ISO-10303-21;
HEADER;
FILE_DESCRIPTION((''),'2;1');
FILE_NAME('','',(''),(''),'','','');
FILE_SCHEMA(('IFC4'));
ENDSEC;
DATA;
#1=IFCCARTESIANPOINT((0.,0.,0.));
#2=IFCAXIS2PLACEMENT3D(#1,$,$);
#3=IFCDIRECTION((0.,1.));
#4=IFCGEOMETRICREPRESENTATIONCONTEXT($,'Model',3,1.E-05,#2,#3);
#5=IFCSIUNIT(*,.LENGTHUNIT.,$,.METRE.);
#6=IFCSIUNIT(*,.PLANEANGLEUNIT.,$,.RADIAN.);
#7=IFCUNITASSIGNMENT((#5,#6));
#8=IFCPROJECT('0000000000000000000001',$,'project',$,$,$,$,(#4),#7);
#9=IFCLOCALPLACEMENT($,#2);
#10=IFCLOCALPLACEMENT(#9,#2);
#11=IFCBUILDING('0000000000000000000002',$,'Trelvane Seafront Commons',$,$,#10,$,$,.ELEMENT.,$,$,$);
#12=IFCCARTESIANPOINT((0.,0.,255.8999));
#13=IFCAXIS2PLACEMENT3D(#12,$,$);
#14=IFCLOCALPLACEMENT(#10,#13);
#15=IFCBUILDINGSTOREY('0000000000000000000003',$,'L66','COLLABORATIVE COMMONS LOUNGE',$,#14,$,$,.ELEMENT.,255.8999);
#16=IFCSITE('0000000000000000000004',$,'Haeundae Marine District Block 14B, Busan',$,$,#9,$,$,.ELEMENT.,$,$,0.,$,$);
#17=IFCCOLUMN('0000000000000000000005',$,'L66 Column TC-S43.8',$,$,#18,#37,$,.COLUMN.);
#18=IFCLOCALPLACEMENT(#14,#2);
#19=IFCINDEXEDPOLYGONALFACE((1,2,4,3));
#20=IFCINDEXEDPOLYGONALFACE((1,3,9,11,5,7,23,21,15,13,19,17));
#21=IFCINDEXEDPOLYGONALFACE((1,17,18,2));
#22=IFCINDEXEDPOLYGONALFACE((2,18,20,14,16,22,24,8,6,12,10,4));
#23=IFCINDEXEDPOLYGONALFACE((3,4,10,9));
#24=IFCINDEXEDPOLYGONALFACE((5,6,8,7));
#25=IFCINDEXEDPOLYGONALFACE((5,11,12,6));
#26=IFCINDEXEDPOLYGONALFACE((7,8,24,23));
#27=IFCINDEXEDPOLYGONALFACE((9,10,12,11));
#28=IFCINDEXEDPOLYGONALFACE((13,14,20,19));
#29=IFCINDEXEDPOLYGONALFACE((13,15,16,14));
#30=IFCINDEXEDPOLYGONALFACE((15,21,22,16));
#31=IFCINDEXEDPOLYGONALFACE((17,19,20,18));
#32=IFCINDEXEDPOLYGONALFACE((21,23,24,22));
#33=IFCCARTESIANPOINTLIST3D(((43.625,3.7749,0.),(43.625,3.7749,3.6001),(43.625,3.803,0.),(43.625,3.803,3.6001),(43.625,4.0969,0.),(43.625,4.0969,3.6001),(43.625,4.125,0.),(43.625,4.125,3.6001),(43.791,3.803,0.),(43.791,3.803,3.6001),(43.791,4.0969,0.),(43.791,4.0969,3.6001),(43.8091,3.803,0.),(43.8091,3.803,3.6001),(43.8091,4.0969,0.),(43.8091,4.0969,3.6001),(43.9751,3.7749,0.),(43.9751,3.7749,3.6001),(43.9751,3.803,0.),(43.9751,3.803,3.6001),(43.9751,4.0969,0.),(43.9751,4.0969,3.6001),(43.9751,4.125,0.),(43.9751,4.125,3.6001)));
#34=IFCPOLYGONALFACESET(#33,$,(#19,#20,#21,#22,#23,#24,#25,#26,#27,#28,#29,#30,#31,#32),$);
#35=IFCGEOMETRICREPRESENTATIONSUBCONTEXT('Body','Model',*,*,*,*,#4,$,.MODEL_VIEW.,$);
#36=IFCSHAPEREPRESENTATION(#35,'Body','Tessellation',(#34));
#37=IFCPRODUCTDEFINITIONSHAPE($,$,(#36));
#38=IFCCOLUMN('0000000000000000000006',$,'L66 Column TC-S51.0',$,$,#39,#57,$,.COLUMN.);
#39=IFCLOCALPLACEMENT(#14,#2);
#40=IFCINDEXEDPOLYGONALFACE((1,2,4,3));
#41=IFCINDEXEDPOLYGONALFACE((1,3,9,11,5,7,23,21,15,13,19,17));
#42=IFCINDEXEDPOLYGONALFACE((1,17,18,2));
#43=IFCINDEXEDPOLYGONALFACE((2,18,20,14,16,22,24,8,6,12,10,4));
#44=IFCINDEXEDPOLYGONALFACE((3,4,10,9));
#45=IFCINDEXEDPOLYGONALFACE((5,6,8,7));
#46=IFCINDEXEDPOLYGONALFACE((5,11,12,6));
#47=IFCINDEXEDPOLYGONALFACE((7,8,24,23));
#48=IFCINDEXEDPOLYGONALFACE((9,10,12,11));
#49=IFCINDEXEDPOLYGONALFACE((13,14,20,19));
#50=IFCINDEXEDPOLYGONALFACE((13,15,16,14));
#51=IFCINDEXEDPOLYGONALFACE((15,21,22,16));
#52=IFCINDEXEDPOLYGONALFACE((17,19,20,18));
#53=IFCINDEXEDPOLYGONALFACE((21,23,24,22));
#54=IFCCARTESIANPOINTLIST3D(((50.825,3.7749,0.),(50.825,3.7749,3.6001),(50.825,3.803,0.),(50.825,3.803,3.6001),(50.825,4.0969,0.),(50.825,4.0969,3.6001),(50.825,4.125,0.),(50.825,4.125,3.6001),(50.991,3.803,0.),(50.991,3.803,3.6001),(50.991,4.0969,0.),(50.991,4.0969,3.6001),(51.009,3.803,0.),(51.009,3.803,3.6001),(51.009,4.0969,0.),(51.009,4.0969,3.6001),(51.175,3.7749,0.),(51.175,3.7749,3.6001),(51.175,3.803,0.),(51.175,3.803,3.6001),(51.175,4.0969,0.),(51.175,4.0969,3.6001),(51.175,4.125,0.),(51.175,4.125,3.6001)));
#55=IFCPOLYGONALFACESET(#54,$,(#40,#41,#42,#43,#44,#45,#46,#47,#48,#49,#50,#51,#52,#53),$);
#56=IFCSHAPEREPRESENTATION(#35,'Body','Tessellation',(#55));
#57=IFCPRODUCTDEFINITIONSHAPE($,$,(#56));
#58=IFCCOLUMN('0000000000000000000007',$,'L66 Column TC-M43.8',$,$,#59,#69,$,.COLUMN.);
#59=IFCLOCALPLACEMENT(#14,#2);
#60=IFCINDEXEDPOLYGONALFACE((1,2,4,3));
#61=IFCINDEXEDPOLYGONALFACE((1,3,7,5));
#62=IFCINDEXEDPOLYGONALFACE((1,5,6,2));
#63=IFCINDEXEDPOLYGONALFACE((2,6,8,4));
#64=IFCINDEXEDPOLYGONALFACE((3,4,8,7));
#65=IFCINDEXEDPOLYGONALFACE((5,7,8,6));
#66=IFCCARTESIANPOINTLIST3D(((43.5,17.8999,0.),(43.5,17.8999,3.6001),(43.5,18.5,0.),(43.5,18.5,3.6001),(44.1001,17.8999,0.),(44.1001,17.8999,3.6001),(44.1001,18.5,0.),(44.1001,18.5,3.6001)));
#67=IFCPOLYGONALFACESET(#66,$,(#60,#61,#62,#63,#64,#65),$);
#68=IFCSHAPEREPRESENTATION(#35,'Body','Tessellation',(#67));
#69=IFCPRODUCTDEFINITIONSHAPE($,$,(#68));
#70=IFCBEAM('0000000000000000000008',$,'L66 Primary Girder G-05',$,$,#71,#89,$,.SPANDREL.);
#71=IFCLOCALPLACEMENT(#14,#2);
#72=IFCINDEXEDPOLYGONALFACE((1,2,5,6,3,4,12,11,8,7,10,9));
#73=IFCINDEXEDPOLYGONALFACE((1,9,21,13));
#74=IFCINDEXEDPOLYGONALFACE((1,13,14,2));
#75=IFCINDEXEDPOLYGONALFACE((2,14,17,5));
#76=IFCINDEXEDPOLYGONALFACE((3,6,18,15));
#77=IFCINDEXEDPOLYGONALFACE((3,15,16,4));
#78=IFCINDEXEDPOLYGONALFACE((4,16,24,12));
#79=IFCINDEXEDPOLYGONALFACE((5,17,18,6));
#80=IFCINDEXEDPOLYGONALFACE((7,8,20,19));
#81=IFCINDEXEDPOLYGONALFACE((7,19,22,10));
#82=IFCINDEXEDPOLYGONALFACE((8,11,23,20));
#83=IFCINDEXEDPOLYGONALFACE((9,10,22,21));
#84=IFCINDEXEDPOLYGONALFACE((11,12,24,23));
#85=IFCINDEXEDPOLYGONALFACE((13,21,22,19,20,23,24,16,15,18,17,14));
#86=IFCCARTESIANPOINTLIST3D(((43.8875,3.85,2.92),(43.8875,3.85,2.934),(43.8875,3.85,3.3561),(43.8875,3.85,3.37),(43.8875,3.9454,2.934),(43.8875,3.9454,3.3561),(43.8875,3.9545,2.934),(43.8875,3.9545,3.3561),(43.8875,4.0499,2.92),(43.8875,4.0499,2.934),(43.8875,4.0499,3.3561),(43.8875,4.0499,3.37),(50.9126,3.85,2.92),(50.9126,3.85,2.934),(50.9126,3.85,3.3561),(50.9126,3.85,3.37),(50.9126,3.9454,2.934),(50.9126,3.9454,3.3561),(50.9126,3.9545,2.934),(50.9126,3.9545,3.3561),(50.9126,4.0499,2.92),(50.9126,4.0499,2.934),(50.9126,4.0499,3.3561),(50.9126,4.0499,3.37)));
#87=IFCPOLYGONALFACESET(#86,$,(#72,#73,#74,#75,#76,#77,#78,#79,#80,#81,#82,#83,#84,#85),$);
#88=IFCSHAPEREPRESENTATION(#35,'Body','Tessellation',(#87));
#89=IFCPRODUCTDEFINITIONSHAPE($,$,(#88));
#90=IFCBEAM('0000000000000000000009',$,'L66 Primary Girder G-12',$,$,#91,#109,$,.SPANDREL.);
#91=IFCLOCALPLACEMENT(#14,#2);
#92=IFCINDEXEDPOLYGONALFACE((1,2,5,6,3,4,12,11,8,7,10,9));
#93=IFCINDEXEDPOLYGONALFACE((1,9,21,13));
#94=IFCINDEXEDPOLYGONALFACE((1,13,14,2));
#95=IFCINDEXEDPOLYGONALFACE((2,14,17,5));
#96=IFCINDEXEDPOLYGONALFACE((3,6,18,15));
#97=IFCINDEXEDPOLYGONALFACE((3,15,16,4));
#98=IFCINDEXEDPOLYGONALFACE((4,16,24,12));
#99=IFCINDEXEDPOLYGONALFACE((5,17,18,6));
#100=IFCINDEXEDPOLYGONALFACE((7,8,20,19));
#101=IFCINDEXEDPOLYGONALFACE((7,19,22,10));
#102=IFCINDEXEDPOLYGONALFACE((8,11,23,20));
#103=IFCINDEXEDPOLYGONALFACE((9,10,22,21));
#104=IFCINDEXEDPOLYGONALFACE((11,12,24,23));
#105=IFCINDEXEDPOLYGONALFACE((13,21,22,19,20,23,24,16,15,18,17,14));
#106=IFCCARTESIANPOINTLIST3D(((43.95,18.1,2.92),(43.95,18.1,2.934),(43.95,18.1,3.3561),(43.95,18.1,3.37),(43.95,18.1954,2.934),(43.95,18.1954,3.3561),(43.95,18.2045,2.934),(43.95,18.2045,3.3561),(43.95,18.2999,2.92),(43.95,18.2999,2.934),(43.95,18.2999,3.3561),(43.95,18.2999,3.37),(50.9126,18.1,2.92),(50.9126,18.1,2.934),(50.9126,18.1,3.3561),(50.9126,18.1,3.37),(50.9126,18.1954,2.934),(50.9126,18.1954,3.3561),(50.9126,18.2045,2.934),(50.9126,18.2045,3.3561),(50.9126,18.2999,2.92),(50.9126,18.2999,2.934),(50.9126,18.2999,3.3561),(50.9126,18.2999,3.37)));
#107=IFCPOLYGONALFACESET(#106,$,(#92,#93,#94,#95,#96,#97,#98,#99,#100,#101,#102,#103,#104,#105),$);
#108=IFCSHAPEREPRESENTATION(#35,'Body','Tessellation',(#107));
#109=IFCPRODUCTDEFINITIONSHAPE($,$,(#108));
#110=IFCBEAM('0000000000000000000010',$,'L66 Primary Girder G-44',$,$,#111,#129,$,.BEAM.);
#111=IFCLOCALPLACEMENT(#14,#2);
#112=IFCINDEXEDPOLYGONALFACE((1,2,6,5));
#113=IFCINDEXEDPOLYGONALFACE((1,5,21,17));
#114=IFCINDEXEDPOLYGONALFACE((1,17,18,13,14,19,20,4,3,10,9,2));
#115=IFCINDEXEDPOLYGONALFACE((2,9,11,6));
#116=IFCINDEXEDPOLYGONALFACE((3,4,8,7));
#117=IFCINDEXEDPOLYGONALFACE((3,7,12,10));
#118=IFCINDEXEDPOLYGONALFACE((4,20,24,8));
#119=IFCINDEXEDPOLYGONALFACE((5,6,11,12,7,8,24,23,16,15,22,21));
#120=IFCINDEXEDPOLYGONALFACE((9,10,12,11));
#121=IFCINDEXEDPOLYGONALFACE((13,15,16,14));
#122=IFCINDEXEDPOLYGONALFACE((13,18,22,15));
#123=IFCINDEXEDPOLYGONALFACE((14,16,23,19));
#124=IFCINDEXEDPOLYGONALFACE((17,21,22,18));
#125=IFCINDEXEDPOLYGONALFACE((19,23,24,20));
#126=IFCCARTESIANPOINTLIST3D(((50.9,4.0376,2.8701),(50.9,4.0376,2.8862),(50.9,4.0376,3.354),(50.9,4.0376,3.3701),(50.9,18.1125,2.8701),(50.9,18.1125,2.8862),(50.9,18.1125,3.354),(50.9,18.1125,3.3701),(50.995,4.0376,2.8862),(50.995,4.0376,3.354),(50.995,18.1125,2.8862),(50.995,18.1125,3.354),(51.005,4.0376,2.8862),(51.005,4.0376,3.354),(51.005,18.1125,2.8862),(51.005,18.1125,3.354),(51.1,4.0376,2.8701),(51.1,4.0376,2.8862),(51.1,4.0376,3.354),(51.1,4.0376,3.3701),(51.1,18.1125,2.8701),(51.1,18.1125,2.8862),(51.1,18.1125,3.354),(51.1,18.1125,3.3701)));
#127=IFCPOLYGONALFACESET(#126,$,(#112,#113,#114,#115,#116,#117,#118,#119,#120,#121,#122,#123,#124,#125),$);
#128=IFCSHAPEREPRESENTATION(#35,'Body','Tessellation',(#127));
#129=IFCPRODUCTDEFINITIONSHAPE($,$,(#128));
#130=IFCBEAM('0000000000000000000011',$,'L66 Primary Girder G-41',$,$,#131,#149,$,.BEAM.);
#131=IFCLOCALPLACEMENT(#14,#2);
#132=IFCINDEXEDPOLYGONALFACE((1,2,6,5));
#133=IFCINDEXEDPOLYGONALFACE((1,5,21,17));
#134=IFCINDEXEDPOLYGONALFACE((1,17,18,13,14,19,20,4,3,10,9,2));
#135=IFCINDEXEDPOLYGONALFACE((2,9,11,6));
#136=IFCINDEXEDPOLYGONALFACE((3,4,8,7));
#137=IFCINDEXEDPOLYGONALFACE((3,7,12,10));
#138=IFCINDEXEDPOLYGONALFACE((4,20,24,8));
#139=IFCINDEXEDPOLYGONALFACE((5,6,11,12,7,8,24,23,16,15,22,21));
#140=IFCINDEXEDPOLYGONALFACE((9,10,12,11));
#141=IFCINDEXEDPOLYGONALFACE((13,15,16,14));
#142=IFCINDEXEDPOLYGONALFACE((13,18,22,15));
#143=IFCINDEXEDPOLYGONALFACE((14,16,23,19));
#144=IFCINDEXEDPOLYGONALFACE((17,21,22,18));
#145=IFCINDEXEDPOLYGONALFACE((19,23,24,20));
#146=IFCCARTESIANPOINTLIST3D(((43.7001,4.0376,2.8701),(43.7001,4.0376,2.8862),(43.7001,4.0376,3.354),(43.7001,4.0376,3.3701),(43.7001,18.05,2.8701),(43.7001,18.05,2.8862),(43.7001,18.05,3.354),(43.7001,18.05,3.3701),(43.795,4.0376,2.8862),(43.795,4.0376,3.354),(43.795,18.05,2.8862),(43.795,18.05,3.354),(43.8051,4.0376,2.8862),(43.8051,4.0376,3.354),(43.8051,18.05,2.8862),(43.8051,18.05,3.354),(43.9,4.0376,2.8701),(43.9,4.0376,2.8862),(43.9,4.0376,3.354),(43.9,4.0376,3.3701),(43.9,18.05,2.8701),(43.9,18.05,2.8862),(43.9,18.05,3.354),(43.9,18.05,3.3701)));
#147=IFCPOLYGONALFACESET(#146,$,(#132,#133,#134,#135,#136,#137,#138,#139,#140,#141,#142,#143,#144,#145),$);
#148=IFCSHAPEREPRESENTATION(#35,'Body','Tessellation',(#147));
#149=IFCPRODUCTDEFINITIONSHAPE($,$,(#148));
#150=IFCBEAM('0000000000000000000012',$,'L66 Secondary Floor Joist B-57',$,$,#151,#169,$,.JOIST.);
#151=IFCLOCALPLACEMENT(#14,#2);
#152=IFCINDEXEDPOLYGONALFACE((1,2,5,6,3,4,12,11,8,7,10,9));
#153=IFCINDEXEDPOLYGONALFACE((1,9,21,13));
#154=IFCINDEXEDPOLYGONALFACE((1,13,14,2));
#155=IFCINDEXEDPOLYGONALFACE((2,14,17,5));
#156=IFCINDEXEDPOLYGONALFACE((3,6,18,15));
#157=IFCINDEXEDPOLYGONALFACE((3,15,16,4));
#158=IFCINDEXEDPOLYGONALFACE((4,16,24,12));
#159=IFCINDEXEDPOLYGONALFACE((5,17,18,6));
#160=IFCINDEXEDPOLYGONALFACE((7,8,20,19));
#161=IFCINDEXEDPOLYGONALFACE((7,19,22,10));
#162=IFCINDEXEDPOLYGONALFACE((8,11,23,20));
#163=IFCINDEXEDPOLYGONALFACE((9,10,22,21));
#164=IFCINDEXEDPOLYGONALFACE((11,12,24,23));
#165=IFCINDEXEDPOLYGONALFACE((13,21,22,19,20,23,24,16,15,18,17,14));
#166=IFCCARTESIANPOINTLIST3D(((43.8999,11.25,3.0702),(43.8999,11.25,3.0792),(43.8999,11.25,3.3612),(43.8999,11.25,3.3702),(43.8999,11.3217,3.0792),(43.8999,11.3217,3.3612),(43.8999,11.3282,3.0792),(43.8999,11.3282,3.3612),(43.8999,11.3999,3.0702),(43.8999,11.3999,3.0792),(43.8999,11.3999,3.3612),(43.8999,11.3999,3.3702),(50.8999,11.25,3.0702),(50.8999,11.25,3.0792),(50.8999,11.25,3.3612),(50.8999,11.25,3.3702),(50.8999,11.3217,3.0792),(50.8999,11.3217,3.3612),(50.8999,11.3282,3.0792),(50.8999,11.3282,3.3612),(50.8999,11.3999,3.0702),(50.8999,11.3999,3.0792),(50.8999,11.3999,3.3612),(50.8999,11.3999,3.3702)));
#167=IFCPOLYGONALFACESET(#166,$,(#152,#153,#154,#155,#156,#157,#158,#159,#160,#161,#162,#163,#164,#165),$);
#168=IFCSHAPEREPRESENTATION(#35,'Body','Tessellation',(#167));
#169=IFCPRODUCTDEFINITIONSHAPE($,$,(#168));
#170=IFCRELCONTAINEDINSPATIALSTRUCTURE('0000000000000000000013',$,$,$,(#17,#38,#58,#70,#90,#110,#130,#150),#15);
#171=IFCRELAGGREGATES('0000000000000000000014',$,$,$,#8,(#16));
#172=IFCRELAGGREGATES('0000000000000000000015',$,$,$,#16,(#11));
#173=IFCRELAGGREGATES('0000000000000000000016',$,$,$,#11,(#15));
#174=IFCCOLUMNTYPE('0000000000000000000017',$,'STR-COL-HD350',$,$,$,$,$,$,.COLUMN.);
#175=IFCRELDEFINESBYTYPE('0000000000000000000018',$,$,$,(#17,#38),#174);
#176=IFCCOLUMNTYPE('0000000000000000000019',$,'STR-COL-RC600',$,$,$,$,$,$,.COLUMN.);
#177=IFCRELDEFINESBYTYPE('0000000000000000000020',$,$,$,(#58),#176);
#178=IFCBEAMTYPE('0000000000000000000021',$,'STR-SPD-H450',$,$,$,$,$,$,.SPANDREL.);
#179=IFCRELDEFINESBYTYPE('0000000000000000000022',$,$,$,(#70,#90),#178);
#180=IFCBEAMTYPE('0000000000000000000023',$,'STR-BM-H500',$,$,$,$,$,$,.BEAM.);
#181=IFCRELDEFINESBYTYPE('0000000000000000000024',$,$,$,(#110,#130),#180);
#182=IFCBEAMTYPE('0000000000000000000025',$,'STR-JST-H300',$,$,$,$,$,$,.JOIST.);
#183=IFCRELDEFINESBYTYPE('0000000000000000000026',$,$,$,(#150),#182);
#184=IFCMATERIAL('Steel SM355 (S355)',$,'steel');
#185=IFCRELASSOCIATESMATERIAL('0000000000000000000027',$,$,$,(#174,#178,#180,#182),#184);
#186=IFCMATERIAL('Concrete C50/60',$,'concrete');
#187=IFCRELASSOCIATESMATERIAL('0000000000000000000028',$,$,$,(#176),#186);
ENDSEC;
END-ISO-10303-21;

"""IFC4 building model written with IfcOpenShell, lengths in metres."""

from ifc_helpers import new_model, si_unit, direction, frame, origin, origin_2d, place, context, subcontext, project, spatial, rectangle, i_section, extrude, source, transform, mapped, material, material_profile, profile_set, type_object, element, save


model = new_model("IFC4")

# Units and contexts
model_context = context("Model", 3, precision=1e-05, world=origin(), true_north=direction((0.0, 1.0)))
body_context = subcontext(model_context, "Body", "Model", "MODEL_VIEW")
ifc_project = project(units=[si_unit("LENGTHUNIT", "METRE"), si_unit("PLANEANGLEUNIT", "RADIAN")], contexts=[model_context])

# Site, building, storey
site_placement = place(None, origin())
site = spatial("IfcSite", under=ifc_project, at=site_placement, Name="Haeundae Marine District Block 14B, Busan", CompositionType="ELEMENT", RefElevation=0.0)
building_placement = place(site_placement, origin())
building = spatial("IfcBuilding", under=site, at=building_placement, Name="Trelvane Seafront Commons", CompositionType="ELEMENT")
storey_placement = place(building_placement, frame((0.0, 0.0, 255.8999)))
storey = spatial("IfcBuildingStorey", under=building, at=storey_placement, Name="L66", Description="COLLABORATIVE COMMONS LOUNGE", CompositionType="ELEMENT", Elevation=255.8999)

# Columns
ifc_material_1 = material(Name="Steel SM355 (S355)", Category="steel")
ifc_material_profile_1 = material_profile(ifc_material_1, i_section(OverallWidth=0.3501, OverallDepth=0.3501, WebThickness=0.0181, FlangeThickness=0.0281, at=origin_2d()), Name="HD-350x350x18x28")
ifc_profile_set_1 = profile_set([ifc_material_profile_1], Name="Steel SM355 (S355)")
column_type_1 = type_object("IfcColumnType", Name="STR-COL-HD350", PredefinedType="COLUMN", material=ifc_profile_set_1)
shared_shape_1 = source(origin(), body_context, "Body", "SweptSolid", [
    extrude(i_section(OverallWidth=0.3501, OverallDepth=0.3501, WebThickness=0.0181, FlangeThickness=0.0281, at=origin_2d()), origin(), (0.0, 0.0, 1.0), 3.6001),
])
for number, where, z_axis, x_axis, name in (
    (1, (43.8, 3.95, 0.0), (0.0, 0.0, 1.0), (1.0, 0.0, 0.0), "L66 Column TC-S43.8"),
    (2, (51.0, 3.95, 0.0), (0.0, 0.0, 1.0), (1.0, 0.0, 0.0), "L66 Column TC-S51.0"),
):
    element("IfcColumn", number, at=place(storey_placement, frame(where, z_axis=z_axis, x_axis=x_axis)), inside=storey, type_object=column_type_1, Name=name, PredefinedType="COLUMN", context=body_context, shape_type="MappedRepresentation", body=[
        mapped(shared_shape_1, transform((0.0, 0.0, 0.0), x_axis=(1.0, 0.0, 0.0), y_axis=(0.0, 1.0, 0.0), z_axis=(0.0, 0.0, 1.0), scale=1.0)),
    ])
ifc_material_2 = material(Name="Concrete C50/60", Category="concrete")
ifc_material_profile_2 = material_profile(ifc_material_2, rectangle(XDim=0.6001, YDim=0.6001, at=origin_2d()), Name="RC-600x600")
ifc_profile_set_2 = profile_set([ifc_material_profile_2], Name="Concrete C50/60")
column_type_2 = type_object("IfcColumnType", Name="STR-COL-RC600", PredefinedType="COLUMN", material=ifc_profile_set_2)
shared_shape_2 = source(origin(), body_context, "Body", "SweptSolid", [
    extrude(rectangle(XDim=0.6001, YDim=0.6001, at=origin_2d()), origin(), (0.0, 0.0, 1.0), 3.6001),
])
column_placement = place(storey_placement, frame((43.8, 18.2, 0.0), z_axis=(0.0, 0.0, 1.0), x_axis=(1.0, 0.0, 0.0)))
element("IfcColumn", 3, at=column_placement, inside=storey, type_object=column_type_2, Name="L66 Column TC-M43.8", PredefinedType="COLUMN", context=body_context, shape_type="MappedRepresentation", body=[
    mapped(shared_shape_2, transform((0.0, 0.0, 0.0), x_axis=(1.0, 0.0, 0.0), y_axis=(0.0, 1.0, 0.0), z_axis=(0.0, 0.0, 1.0), scale=1.0)),
])

# Beams
ifc_material_profile_3 = material_profile(ifc_material_1, i_section(OverallWidth=0.2, OverallDepth=0.45, WebThickness=0.009, FlangeThickness=0.0139, at=origin_2d()), Name="H-450x200x9x14")
ifc_profile_set_3 = profile_set([ifc_material_profile_3], Name="Steel SM355 (S355)")
beam_type_1 = type_object("IfcBeamType", Name="STR-SPD-H450", PredefinedType="SPANDREL", material=ifc_profile_set_3)
shared_shape_3 = source(origin(), body_context, "Body", "SweptSolid", [
    extrude(i_section(OverallWidth=0.2, OverallDepth=0.45, WebThickness=0.009, FlangeThickness=0.0139, at=origin_2d()), origin(), (0.0, 0.0, 1.0), 7.0251),
])
beam_1_placement = place(storey_placement, frame((43.8875, 3.95, 3.145), z_axis=(1.0, 0.0, 0.0), x_axis=(0.0, 1.0, 0.0)))
element("IfcBeam", 4, at=beam_1_placement, inside=storey, type_object=beam_type_1, Name="L66 Primary Girder G-05", PredefinedType="SPANDREL", context=body_context, shape_type="MappedRepresentation", body=[
    mapped(shared_shape_3, transform((0.0, 0.0, 0.0), x_axis=(1.0, 0.0, 0.0), y_axis=(0.0, 1.0, 0.0), z_axis=(0.0, 0.0, 1.0), scale=1.0)),
])
shared_shape_4 = source(origin(), body_context, "Body", "SweptSolid", [
    extrude(i_section(OverallWidth=0.2, OverallDepth=0.45, WebThickness=0.009, FlangeThickness=0.0139, at=origin_2d()), origin(), (0.0, 0.0, 1.0), 6.9626),
])
beam_2_placement = place(storey_placement, frame((43.95, 18.2, 3.145), z_axis=(1.0, 0.0, 0.0), x_axis=(0.0, 1.0, 0.0)))
element("IfcBeam", 5, at=beam_2_placement, inside=storey, type_object=beam_type_1, Name="L66 Primary Girder G-12", PredefinedType="SPANDREL", context=body_context, shape_type="MappedRepresentation", body=[
    mapped(shared_shape_4, transform((0.0, 0.0, 0.0), x_axis=(1.0, 0.0, 0.0), y_axis=(0.0, 1.0, 0.0), z_axis=(0.0, 0.0, 1.0), scale=1.0)),
])
ifc_material_profile_4 = material_profile(ifc_material_1, i_section(OverallWidth=0.2, OverallDepth=0.5, WebThickness=0.01, FlangeThickness=0.0161, at=origin_2d()), Name="H-500x200x10x16")
ifc_profile_set_4 = profile_set([ifc_material_profile_4], Name="Steel SM355 (S355)")
beam_type_2 = type_object("IfcBeamType", Name="STR-BM-H500", PredefinedType="BEAM", material=ifc_profile_set_4)
shared_shape_5 = source(origin(), body_context, "Body", "SweptSolid", [
    extrude(i_section(OverallWidth=0.2, OverallDepth=0.5, WebThickness=0.01, FlangeThickness=0.0161, at=origin_2d()), origin(), (0.0, 0.0, 1.0), 14.075),
])
beam_3_placement = place(storey_placement, frame((51.0, 4.0376, 3.1201), z_axis=(0.0, 1.0, 0.0), x_axis=(-1.0, 0.0, 0.0)))
element("IfcBeam", 6, at=beam_3_placement, inside=storey, type_object=beam_type_2, Name="L66 Primary Girder G-44", PredefinedType="BEAM", context=body_context, shape_type="MappedRepresentation", body=[
    mapped(shared_shape_5, transform((0.0, 0.0, 0.0), x_axis=(1.0, 0.0, 0.0), y_axis=(0.0, 1.0, 0.0), z_axis=(0.0, 0.0, 1.0), scale=1.0)),
])
shared_shape_6 = source(origin(), body_context, "Body", "SweptSolid", [
    extrude(i_section(OverallWidth=0.2, OverallDepth=0.5, WebThickness=0.01, FlangeThickness=0.0161, at=origin_2d()), origin(), (0.0, 0.0, 1.0), 14.0125),
])
beam_4_placement = place(storey_placement, frame((43.8, 4.0376, 3.1201), z_axis=(0.0, 1.0, 0.0), x_axis=(-1.0, 0.0, 0.0)))
element("IfcBeam", 7, at=beam_4_placement, inside=storey, type_object=beam_type_2, Name="L66 Primary Girder G-41", PredefinedType="BEAM", context=body_context, shape_type="MappedRepresentation", body=[
    mapped(shared_shape_6, transform((0.0, 0.0, 0.0), x_axis=(1.0, 0.0, 0.0), y_axis=(0.0, 1.0, 0.0), z_axis=(0.0, 0.0, 1.0), scale=1.0)),
])
ifc_material_profile_5 = material_profile(ifc_material_1, i_section(OverallWidth=0.1499, OverallDepth=0.3, WebThickness=0.0066, FlangeThickness=0.009, at=origin_2d()), Name="H-300x150x6.5x9")
ifc_profile_set_5 = profile_set([ifc_material_profile_5], Name="Steel SM355 (S355)")
beam_type_3 = type_object("IfcBeamType", Name="STR-JST-H300", PredefinedType="JOIST", material=ifc_profile_set_5)
shared_shape_7 = source(origin(), body_context, "Body", "SweptSolid", [
    extrude(i_section(OverallWidth=0.1499, OverallDepth=0.3, WebThickness=0.0066, FlangeThickness=0.009, at=origin_2d()), origin(), (0.0, 0.0, 1.0), 7.0),
])
beam_5_placement = place(storey_placement, frame((43.8999, 11.325, 3.2202), z_axis=(1.0, 0.0, 0.0), x_axis=(0.0, 1.0, 0.0)))
element("IfcBeam", 8, at=beam_5_placement, inside=storey, type_object=beam_type_3, Name="L66 Secondary Floor Joist B-57", PredefinedType="JOIST", context=body_context, shape_type="MappedRepresentation", body=[
    mapped(shared_shape_7, transform((0.0, 0.0, 0.0), x_axis=(1.0, 0.0, 0.0), y_axis=(0.0, 1.0, 0.0), z_axis=(0.0, 0.0, 1.0), scale=1.0)),
])

save(model, "model.ifc")
